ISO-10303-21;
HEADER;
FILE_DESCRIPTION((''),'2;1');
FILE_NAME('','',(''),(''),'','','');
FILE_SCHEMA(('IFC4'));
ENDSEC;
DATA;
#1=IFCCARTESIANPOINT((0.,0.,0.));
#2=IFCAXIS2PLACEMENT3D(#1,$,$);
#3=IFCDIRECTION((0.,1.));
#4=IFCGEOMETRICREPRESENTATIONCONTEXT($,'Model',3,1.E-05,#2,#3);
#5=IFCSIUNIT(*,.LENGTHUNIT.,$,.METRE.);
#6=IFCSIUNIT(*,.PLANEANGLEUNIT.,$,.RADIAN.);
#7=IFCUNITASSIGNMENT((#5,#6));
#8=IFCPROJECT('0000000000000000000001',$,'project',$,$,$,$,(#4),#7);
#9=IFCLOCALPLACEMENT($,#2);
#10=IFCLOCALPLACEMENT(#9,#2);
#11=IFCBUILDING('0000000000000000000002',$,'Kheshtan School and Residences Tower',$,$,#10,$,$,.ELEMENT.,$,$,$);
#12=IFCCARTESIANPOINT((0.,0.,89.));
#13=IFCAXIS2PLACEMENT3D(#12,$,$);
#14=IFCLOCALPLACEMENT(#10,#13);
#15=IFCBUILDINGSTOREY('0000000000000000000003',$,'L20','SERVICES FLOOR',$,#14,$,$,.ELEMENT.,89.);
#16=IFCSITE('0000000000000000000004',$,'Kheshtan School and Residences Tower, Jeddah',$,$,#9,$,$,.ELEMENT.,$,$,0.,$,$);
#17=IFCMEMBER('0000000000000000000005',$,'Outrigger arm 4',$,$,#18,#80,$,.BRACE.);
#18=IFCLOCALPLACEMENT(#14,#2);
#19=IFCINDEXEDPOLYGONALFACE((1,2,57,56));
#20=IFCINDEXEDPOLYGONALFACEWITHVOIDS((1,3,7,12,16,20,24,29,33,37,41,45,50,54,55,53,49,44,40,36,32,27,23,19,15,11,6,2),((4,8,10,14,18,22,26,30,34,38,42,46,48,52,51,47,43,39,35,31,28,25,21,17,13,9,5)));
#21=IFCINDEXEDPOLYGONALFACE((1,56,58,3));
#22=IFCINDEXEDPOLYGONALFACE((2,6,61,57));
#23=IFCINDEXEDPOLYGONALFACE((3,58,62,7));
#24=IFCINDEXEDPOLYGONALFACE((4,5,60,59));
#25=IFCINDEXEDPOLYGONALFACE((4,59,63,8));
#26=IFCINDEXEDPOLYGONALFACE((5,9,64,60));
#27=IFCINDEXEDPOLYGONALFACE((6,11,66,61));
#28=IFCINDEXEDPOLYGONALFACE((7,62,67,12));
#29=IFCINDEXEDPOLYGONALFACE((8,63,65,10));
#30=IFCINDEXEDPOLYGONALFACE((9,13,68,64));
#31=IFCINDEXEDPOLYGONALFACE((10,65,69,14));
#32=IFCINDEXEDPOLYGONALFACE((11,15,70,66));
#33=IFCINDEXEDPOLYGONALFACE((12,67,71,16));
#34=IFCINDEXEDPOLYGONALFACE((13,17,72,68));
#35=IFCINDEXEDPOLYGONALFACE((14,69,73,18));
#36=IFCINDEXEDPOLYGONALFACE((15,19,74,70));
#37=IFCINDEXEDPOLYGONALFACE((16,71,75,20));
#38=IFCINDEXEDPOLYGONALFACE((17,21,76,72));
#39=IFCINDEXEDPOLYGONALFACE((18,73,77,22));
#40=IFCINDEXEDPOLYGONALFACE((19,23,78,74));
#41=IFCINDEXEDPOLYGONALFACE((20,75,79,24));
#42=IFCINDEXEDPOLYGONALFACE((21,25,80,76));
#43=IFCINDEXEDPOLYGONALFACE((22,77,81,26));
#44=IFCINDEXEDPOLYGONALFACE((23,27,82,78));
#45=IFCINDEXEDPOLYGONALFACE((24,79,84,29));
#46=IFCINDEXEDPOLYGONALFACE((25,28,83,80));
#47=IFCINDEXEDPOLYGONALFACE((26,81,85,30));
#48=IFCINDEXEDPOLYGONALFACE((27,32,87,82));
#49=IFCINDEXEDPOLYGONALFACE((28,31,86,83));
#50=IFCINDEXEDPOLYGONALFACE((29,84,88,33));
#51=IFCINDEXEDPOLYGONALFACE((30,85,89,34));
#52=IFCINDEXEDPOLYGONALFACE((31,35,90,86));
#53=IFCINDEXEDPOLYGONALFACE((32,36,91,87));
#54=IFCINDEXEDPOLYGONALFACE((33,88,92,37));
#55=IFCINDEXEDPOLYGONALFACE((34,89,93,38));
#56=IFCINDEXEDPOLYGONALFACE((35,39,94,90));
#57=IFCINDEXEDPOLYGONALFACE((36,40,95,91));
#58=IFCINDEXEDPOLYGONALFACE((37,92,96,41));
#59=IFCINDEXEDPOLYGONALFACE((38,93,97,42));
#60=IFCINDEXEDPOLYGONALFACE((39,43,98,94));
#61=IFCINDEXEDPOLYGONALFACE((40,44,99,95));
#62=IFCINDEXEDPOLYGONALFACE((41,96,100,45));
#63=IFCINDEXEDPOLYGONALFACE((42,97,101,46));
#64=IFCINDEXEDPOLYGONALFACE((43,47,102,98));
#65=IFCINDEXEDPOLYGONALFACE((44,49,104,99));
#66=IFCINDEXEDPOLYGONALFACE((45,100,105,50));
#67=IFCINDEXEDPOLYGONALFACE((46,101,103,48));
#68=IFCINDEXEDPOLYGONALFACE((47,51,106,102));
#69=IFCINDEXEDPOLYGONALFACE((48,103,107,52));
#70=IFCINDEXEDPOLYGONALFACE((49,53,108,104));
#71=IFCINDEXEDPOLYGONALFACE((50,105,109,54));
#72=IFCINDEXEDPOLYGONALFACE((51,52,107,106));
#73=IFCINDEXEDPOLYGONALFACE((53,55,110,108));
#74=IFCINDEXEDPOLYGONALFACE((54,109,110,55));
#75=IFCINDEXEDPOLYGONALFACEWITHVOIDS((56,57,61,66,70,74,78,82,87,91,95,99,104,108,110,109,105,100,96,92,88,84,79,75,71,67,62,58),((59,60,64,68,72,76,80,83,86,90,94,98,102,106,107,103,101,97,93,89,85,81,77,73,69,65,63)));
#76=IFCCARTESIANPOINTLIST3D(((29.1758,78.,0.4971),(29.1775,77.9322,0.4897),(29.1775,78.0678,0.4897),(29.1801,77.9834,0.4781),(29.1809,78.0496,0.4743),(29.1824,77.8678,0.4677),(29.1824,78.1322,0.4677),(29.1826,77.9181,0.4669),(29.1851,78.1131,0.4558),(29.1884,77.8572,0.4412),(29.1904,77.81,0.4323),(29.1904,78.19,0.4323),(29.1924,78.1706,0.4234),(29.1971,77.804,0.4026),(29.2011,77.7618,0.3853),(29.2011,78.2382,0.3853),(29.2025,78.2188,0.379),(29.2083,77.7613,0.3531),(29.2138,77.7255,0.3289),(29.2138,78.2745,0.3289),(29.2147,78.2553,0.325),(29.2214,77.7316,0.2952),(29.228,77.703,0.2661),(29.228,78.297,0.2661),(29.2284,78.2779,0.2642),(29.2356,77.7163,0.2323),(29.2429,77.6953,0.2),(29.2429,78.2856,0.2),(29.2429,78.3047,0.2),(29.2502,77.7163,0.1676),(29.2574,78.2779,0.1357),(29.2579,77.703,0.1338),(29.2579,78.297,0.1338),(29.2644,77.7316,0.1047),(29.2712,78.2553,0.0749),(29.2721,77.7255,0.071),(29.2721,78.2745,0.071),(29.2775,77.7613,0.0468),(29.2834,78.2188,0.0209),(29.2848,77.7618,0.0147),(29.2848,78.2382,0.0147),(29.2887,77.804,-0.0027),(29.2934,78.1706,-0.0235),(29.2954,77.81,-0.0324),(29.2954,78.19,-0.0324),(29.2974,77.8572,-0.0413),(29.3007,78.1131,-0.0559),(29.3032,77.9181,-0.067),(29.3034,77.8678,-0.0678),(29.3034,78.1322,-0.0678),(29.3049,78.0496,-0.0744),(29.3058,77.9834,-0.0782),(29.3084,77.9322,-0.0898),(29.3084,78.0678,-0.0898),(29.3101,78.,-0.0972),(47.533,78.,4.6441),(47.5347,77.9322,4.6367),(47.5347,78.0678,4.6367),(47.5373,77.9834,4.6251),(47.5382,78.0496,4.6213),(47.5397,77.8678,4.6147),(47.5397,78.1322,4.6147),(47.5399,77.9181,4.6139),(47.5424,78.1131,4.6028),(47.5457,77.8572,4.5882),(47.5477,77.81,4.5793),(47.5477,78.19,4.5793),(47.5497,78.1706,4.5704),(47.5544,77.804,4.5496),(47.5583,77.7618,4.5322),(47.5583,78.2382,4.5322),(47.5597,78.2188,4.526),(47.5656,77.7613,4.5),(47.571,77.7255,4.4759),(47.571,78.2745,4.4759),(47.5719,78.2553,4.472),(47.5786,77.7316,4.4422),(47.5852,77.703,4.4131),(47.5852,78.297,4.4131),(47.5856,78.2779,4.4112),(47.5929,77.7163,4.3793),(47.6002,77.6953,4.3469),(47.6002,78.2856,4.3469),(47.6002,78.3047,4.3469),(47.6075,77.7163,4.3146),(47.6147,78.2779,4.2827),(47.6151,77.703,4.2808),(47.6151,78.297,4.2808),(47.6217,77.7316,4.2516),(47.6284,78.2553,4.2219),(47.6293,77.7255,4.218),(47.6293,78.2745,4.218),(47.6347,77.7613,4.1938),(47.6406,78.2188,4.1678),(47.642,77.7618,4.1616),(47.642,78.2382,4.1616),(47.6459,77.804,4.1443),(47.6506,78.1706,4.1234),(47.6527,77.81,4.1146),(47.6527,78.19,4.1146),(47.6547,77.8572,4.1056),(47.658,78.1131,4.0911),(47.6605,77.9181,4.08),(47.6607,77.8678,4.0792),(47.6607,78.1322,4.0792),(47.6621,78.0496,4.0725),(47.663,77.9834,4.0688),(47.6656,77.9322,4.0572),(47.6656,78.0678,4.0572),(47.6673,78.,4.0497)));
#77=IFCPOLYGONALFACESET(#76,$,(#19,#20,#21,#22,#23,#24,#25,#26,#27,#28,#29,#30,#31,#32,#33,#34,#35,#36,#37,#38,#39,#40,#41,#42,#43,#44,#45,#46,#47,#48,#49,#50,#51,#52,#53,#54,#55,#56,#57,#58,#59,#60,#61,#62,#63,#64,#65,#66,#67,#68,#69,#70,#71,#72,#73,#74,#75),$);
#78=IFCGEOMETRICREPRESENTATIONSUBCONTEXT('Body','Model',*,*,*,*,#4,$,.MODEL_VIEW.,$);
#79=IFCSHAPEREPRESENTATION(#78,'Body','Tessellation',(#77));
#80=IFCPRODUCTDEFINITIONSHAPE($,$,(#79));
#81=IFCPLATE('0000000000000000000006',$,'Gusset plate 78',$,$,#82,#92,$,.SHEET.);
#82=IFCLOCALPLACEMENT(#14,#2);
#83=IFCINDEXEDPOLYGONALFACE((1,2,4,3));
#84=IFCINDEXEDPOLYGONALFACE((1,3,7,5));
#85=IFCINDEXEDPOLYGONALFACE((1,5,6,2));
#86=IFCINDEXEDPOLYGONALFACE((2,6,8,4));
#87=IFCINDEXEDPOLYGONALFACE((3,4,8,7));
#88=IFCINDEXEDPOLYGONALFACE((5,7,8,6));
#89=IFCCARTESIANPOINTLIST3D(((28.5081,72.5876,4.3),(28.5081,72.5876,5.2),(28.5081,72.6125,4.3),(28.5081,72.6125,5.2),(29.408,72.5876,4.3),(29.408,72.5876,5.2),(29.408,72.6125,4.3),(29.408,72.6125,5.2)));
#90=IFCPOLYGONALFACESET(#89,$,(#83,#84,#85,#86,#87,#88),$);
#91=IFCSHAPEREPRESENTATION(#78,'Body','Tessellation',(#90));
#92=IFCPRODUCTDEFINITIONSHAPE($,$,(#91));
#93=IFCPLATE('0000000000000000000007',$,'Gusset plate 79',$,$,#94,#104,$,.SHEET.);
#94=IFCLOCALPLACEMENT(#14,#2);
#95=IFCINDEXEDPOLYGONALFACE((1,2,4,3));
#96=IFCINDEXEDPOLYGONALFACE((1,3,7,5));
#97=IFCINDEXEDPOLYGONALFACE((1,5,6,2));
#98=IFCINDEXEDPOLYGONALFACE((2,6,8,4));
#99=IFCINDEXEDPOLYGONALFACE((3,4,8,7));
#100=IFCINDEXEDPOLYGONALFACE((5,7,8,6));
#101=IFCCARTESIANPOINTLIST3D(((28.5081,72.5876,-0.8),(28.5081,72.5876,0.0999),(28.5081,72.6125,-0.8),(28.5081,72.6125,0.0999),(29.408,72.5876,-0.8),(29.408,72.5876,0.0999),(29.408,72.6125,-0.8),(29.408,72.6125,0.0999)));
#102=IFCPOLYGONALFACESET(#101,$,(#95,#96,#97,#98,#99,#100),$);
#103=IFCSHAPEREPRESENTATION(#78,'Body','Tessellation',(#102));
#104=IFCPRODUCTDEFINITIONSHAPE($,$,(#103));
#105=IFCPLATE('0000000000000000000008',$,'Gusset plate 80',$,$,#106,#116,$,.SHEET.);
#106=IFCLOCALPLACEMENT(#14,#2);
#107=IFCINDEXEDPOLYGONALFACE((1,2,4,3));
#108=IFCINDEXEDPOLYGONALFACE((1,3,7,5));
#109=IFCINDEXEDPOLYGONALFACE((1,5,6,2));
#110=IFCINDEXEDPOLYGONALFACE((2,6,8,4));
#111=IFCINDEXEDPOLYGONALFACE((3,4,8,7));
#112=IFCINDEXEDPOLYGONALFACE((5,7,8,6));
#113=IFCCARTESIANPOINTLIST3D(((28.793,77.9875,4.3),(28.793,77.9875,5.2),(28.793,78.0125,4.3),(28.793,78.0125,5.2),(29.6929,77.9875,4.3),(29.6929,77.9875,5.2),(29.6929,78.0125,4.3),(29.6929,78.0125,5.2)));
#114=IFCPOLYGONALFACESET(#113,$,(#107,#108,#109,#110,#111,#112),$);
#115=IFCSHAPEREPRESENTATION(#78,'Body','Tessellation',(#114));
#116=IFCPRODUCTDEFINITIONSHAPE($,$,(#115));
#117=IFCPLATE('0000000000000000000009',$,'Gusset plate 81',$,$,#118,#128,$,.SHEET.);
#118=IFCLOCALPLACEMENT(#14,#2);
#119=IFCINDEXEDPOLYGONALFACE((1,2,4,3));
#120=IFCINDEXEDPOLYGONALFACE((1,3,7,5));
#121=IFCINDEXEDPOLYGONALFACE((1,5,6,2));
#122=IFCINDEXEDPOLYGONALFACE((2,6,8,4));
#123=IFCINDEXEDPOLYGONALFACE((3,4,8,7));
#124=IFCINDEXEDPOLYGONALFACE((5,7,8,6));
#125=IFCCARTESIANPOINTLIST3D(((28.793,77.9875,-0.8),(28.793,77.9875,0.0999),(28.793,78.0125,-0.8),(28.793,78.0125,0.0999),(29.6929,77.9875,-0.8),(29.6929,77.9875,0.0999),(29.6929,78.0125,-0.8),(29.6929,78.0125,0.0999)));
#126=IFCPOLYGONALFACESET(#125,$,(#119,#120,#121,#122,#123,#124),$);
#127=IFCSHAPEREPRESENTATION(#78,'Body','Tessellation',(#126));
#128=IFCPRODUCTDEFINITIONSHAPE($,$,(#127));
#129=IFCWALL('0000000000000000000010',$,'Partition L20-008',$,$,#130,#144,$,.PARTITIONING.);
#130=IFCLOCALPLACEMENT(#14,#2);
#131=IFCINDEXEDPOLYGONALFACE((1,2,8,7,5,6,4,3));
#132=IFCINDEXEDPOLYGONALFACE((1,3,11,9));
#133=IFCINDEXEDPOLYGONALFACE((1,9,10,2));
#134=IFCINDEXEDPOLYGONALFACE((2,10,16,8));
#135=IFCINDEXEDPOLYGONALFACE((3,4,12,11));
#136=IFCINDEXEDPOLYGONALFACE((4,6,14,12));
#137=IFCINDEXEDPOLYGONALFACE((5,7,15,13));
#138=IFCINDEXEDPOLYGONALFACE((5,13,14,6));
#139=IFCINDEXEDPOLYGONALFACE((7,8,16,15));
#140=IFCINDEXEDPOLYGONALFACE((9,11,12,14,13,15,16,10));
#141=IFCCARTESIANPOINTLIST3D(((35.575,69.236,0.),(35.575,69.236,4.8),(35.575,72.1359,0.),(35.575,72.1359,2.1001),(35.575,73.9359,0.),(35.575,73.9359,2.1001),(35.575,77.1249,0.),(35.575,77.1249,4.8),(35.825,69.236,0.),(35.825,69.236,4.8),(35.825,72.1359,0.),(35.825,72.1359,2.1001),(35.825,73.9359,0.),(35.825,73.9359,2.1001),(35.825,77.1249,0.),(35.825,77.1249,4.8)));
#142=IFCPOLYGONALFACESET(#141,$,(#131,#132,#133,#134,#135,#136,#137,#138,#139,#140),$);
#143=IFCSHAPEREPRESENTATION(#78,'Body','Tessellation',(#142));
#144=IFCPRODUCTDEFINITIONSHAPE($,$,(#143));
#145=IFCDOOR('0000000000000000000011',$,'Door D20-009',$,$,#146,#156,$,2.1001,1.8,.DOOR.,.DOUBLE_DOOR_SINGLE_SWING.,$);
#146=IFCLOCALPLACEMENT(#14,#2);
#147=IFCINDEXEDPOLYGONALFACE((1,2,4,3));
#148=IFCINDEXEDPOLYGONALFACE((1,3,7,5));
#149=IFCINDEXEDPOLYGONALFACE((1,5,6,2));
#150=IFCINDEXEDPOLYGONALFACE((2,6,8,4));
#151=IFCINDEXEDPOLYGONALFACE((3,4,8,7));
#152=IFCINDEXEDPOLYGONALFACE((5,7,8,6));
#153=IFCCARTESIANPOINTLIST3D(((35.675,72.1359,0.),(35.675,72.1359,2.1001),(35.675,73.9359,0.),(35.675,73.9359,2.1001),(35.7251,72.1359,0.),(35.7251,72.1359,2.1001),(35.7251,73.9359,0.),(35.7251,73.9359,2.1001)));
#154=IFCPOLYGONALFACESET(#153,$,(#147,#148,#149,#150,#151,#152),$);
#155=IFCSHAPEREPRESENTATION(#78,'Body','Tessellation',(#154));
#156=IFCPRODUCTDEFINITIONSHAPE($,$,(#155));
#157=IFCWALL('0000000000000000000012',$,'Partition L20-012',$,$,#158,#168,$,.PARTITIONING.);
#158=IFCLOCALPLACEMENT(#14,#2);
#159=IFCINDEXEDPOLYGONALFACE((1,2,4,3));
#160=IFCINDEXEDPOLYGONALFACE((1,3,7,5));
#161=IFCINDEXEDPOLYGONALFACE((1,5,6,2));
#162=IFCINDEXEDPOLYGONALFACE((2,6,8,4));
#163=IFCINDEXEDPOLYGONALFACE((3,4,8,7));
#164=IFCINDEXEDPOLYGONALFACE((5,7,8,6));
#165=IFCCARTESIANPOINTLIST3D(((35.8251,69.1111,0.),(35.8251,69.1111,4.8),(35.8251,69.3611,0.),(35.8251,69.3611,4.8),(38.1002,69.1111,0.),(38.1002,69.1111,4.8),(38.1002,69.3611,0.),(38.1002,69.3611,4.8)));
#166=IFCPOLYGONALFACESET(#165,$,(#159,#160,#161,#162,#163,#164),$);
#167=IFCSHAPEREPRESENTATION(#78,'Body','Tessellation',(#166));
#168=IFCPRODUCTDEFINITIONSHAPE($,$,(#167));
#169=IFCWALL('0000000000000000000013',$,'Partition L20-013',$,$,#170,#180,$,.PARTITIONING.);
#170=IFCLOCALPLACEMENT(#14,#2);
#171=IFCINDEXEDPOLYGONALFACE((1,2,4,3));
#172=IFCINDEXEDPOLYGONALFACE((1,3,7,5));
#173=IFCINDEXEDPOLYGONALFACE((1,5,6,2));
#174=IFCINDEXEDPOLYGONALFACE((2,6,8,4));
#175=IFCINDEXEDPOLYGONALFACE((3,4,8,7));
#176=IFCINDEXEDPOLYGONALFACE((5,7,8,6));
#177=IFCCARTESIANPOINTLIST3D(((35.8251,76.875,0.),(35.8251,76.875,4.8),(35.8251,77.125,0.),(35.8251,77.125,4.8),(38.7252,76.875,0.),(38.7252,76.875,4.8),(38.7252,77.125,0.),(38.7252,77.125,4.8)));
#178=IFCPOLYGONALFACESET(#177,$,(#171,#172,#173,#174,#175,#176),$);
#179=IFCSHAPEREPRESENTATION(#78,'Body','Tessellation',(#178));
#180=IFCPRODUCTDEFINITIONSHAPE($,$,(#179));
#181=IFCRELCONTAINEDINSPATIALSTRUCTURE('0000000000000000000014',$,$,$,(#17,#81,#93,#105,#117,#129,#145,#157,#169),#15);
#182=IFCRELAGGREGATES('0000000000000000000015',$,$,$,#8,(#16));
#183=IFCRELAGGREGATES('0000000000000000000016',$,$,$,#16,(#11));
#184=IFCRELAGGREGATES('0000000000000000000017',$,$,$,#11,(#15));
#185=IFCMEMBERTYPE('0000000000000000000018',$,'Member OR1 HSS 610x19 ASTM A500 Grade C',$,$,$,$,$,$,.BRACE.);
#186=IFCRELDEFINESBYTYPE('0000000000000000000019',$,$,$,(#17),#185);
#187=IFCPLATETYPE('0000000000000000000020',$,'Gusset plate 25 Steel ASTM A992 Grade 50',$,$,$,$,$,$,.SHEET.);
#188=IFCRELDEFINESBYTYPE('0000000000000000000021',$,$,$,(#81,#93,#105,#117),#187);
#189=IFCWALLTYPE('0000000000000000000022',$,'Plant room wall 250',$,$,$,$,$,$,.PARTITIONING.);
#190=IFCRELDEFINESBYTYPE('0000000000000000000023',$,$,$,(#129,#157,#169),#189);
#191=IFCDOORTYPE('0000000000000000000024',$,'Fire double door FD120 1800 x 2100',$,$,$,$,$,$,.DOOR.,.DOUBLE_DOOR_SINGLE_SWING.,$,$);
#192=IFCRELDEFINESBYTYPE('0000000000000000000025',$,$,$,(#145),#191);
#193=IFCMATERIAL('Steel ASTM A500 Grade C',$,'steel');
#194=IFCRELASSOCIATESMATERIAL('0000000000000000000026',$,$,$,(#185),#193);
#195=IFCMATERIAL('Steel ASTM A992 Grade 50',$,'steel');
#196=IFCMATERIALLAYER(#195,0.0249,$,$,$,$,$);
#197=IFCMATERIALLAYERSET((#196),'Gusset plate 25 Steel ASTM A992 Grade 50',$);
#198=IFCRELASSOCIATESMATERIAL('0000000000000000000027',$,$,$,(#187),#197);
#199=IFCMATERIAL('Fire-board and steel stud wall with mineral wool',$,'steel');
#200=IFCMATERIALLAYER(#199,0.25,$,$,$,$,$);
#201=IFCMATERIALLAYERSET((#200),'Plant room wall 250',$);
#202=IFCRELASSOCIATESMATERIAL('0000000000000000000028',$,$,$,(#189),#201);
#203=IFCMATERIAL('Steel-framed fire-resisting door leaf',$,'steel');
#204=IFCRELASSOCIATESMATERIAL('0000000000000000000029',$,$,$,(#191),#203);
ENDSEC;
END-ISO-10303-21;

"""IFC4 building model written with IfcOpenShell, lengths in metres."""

from ifc_helpers import new_model, si_unit, direction, frame, frame_2d, origin, origin_2d, place, context, subcontext, project, spatial, rectangle, hollow_circle, extrude, source, transform, mapped, material, layer, layer_set, material_profile, profile_set, type_object, element, fill, save


model = new_model("IFC4")

# Units and contexts
model_context = context("Model", 3, precision=1e-05, world=origin(), true_north=direction((0.0, 1.0)))
body_context = subcontext(model_context, "Body", "Model", "MODEL_VIEW")
ifc_project = project(units=[si_unit("LENGTHUNIT", "METRE"), si_unit("PLANEANGLEUNIT", "RADIAN")], contexts=[model_context])

# Site, building, storey
site_placement = place(None, origin())
site = spatial("IfcSite", under=ifc_project, at=site_placement, Name="Kheshtan School and Residences Tower, Jeddah", CompositionType="ELEMENT", RefElevation=0.0)
building_placement = place(site_placement, origin())
building = spatial("IfcBuilding", under=site, at=building_placement, Name="Kheshtan School and Residences Tower", CompositionType="ELEMENT")
storey_placement = place(building_placement, frame((0.0, 0.0, 89.0)))
storey = spatial("IfcBuildingStorey", under=building, at=storey_placement, Name="L20", Description="SERVICES FLOOR", CompositionType="ELEMENT", Elevation=89.0)

# Shared definitions
ifc_material_1 = material(Name="Steel ASTM A992 Grade 50", Category="steel")

# Member
ifc_material_2 = material(Name="Steel ASTM A500 Grade C", Category="steel")
ifc_material_profile_1 = material_profile(ifc_material_2, hollow_circle(Radius=0.3047, WallThickness=0.019, at=origin_2d()), Name="HSS 610x19")
ifc_profile_set_1 = profile_set([ifc_material_profile_1], Name="Steel ASTM A500 Grade C")
member_type_1 = type_object("IfcMemberType", Name="Member OR1 HSS 610x19 ASTM A500 Grade C", PredefinedType="BRACE", material=ifc_profile_set_1)
member_1_placement = place(storey_placement, frame((29.2429, 78.0, 0.2), z_axis=(0.97542, 0.0, 0.220352), x_axis=(0.0, 1.0, 0.0)))
element("IfcMember", 1, at=member_1_placement, inside=storey, type_object=member_type_1, Name="Outrigger arm 4", PredefinedType="BRACE", context=body_context, shape_type="SweptSolid", body=[
    extrude(hollow_circle(Radius=0.3047, WallThickness=0.019, at=origin_2d()), origin(), (0.0, 0.0, 1.0), 18.8198),
])

# Plates
ifc_layer_1 = layer(ifc_material_1, 0.0249)
ifc_layer_set_1 = layer_set([ifc_layer_1], Name="Gusset plate 25 Steel ASTM A992 Grade 50")
plate_type = type_object("IfcPlateType", Name="Gusset plate 25 Steel ASTM A992 Grade 50", PredefinedType="SHEET", material=ifc_layer_set_1)
for number, where, z_axis, x_axis, name in (
    (2, (28.958, 72.6001, 4.3), (0.0, 0.0, 1.0), (1.0, 0.0, 0.0), "Gusset plate 78"),
    (3, (28.958, 72.6001, -0.8), (0.0, 0.0, 1.0), (1.0, 0.0, 0.0), "Gusset plate 79"),
    (4, (29.2429, 78.0, 4.3), (0.0, 0.0, 1.0), (1.0, 0.0, 0.0), "Gusset plate 80"),
    (5, (29.2429, 78.0, -0.8), (0.0, 0.0, 1.0), (1.0, 0.0, 0.0), "Gusset plate 81"),
):
    element("IfcPlate", number, at=place(storey_placement, frame(where, z_axis=z_axis, x_axis=x_axis)), inside=storey, type_object=plate_type, Name=name, PredefinedType="SHEET", context=body_context, shape_type="SweptSolid", body=[
        extrude(rectangle(XDim=0.8999, YDim=0.0249, at=origin_2d()), origin(), (0.0, 0.0, 1.0), 0.8999),
    ])

# Wall, opening, door
ifc_material_3 = material(Name="Fire-board and steel stud wall with mineral wool", Category="steel")
ifc_layer_2 = layer(ifc_material_3, 0.25)
ifc_layer_set_2 = layer_set([ifc_layer_2], Name="Plant room wall 250")
wall_type_1 = type_object("IfcWallType", Name="Plant room wall 250", PredefinedType="PARTITIONING", material=ifc_layer_set_2)
wall_1_placement = place(storey_placement, frame((35.7, 69.2361, 0.0), z_axis=(0.0, 0.0, 1.0), x_axis=(0.0, 1.0, 0.0)))
wall_1 = element("IfcWall", 6, at=wall_1_placement, inside=storey, type_object=wall_type_1, Name="Partition L20-008", PredefinedType="PARTITIONING", context=body_context, shape_type="SweptSolid", body=[
    extrude(rectangle(XDim=7.8889, YDim=0.25, at=frame_2d((3.9443, 0.0))), origin(), (0.0, 0.0, 1.0), 4.8),
])
opening_1_placement = place(wall_1_placement, frame((2.8999, 0.0, 0.0)))
opening_1 = element("IfcOpeningElement", 7, at=opening_1_placement, cuts=wall_1, PredefinedType="OPENING", context=body_context, shape_type="SweptSolid", body=[
    extrude(rectangle(XDim=1.8, YDim=2.1001, at=frame_2d((0.8999, 1.05))), frame((0.0, 0.135, 0.0), z_axis=(0.0, -1.0, 0.0), x_axis=(1.0, 0.0, 0.0)), (0.0, 0.0, 1.0), 0.27),
])
ifc_material_4 = material(Name="Steel-framed fire-resisting door leaf", Category="steel")
door_type_1 = type_object("IfcDoorType", Name="Fire double door FD120 1800 x 2100", OperationType="DOUBLE_DOOR_SINGLE_SWING", PredefinedType="DOOR", material=ifc_material_4)
shared_shape_1 = source(origin(), body_context, "Body", "SweptSolid", [
    extrude(rectangle(XDim=1.8, YDim=2.1001, at=frame_2d((0.8999, 1.05))), frame((0.0, 0.0249, 0.0), z_axis=(0.0, -1.0, 0.0), x_axis=(1.0, 0.0, 0.0)), (0.0, 0.0, 1.0), 0.05),
])
door_1_placement = place(opening_1_placement, origin())
door_1 = element("IfcDoor", 8, at=door_1_placement, inside=storey, type_object=door_type_1, Name="Door D20-009", OperationType="DOUBLE_DOOR_SINGLE_SWING", OverallHeight=2.1001, OverallWidth=1.8, PredefinedType="DOOR", context=body_context, shape_type="MappedRepresentation", body=[
    mapped(shared_shape_1, transform((0.0, 0.0, 0.0), x_axis=(1.0, 0.0, 0.0), y_axis=(0.0, 1.0, 0.0), z_axis=(0.0, 0.0, 1.0), scale=1.0)),
])
fill(opening_1, door_1)

# Walls
wall_2_placement = place(storey_placement, frame((35.825, 69.2361, 0.0), z_axis=(0.0, 0.0, 1.0), x_axis=(1.0, 0.0, 0.0)))
element("IfcWall", 9, at=wall_2_placement, inside=storey, type_object=wall_type_1, Name="Partition L20-012", PredefinedType="PARTITIONING", context=body_context, shape_type="SweptSolid", body=[
    extrude(rectangle(XDim=2.2751, YDim=0.25, at=frame_2d((1.1377, 0.0))), origin(), (0.0, 0.0, 1.0), 4.8),
])
wall_3_placement = place(storey_placement, frame((35.825, 77.0, 0.0), z_axis=(0.0, 0.0, 1.0), x_axis=(1.0, 0.0, 0.0)))
element("IfcWall", 10, at=wall_3_placement, inside=storey, type_object=wall_type_1, Name="Partition L20-013", PredefinedType="PARTITIONING", context=body_context, shape_type="SweptSolid", body=[
    extrude(rectangle(XDim=2.9001, YDim=0.25, at=frame_2d((1.4502, 0.0))), origin(), (0.0, 0.0, 1.0), 4.8),
])

save(model, "model.ifc")
